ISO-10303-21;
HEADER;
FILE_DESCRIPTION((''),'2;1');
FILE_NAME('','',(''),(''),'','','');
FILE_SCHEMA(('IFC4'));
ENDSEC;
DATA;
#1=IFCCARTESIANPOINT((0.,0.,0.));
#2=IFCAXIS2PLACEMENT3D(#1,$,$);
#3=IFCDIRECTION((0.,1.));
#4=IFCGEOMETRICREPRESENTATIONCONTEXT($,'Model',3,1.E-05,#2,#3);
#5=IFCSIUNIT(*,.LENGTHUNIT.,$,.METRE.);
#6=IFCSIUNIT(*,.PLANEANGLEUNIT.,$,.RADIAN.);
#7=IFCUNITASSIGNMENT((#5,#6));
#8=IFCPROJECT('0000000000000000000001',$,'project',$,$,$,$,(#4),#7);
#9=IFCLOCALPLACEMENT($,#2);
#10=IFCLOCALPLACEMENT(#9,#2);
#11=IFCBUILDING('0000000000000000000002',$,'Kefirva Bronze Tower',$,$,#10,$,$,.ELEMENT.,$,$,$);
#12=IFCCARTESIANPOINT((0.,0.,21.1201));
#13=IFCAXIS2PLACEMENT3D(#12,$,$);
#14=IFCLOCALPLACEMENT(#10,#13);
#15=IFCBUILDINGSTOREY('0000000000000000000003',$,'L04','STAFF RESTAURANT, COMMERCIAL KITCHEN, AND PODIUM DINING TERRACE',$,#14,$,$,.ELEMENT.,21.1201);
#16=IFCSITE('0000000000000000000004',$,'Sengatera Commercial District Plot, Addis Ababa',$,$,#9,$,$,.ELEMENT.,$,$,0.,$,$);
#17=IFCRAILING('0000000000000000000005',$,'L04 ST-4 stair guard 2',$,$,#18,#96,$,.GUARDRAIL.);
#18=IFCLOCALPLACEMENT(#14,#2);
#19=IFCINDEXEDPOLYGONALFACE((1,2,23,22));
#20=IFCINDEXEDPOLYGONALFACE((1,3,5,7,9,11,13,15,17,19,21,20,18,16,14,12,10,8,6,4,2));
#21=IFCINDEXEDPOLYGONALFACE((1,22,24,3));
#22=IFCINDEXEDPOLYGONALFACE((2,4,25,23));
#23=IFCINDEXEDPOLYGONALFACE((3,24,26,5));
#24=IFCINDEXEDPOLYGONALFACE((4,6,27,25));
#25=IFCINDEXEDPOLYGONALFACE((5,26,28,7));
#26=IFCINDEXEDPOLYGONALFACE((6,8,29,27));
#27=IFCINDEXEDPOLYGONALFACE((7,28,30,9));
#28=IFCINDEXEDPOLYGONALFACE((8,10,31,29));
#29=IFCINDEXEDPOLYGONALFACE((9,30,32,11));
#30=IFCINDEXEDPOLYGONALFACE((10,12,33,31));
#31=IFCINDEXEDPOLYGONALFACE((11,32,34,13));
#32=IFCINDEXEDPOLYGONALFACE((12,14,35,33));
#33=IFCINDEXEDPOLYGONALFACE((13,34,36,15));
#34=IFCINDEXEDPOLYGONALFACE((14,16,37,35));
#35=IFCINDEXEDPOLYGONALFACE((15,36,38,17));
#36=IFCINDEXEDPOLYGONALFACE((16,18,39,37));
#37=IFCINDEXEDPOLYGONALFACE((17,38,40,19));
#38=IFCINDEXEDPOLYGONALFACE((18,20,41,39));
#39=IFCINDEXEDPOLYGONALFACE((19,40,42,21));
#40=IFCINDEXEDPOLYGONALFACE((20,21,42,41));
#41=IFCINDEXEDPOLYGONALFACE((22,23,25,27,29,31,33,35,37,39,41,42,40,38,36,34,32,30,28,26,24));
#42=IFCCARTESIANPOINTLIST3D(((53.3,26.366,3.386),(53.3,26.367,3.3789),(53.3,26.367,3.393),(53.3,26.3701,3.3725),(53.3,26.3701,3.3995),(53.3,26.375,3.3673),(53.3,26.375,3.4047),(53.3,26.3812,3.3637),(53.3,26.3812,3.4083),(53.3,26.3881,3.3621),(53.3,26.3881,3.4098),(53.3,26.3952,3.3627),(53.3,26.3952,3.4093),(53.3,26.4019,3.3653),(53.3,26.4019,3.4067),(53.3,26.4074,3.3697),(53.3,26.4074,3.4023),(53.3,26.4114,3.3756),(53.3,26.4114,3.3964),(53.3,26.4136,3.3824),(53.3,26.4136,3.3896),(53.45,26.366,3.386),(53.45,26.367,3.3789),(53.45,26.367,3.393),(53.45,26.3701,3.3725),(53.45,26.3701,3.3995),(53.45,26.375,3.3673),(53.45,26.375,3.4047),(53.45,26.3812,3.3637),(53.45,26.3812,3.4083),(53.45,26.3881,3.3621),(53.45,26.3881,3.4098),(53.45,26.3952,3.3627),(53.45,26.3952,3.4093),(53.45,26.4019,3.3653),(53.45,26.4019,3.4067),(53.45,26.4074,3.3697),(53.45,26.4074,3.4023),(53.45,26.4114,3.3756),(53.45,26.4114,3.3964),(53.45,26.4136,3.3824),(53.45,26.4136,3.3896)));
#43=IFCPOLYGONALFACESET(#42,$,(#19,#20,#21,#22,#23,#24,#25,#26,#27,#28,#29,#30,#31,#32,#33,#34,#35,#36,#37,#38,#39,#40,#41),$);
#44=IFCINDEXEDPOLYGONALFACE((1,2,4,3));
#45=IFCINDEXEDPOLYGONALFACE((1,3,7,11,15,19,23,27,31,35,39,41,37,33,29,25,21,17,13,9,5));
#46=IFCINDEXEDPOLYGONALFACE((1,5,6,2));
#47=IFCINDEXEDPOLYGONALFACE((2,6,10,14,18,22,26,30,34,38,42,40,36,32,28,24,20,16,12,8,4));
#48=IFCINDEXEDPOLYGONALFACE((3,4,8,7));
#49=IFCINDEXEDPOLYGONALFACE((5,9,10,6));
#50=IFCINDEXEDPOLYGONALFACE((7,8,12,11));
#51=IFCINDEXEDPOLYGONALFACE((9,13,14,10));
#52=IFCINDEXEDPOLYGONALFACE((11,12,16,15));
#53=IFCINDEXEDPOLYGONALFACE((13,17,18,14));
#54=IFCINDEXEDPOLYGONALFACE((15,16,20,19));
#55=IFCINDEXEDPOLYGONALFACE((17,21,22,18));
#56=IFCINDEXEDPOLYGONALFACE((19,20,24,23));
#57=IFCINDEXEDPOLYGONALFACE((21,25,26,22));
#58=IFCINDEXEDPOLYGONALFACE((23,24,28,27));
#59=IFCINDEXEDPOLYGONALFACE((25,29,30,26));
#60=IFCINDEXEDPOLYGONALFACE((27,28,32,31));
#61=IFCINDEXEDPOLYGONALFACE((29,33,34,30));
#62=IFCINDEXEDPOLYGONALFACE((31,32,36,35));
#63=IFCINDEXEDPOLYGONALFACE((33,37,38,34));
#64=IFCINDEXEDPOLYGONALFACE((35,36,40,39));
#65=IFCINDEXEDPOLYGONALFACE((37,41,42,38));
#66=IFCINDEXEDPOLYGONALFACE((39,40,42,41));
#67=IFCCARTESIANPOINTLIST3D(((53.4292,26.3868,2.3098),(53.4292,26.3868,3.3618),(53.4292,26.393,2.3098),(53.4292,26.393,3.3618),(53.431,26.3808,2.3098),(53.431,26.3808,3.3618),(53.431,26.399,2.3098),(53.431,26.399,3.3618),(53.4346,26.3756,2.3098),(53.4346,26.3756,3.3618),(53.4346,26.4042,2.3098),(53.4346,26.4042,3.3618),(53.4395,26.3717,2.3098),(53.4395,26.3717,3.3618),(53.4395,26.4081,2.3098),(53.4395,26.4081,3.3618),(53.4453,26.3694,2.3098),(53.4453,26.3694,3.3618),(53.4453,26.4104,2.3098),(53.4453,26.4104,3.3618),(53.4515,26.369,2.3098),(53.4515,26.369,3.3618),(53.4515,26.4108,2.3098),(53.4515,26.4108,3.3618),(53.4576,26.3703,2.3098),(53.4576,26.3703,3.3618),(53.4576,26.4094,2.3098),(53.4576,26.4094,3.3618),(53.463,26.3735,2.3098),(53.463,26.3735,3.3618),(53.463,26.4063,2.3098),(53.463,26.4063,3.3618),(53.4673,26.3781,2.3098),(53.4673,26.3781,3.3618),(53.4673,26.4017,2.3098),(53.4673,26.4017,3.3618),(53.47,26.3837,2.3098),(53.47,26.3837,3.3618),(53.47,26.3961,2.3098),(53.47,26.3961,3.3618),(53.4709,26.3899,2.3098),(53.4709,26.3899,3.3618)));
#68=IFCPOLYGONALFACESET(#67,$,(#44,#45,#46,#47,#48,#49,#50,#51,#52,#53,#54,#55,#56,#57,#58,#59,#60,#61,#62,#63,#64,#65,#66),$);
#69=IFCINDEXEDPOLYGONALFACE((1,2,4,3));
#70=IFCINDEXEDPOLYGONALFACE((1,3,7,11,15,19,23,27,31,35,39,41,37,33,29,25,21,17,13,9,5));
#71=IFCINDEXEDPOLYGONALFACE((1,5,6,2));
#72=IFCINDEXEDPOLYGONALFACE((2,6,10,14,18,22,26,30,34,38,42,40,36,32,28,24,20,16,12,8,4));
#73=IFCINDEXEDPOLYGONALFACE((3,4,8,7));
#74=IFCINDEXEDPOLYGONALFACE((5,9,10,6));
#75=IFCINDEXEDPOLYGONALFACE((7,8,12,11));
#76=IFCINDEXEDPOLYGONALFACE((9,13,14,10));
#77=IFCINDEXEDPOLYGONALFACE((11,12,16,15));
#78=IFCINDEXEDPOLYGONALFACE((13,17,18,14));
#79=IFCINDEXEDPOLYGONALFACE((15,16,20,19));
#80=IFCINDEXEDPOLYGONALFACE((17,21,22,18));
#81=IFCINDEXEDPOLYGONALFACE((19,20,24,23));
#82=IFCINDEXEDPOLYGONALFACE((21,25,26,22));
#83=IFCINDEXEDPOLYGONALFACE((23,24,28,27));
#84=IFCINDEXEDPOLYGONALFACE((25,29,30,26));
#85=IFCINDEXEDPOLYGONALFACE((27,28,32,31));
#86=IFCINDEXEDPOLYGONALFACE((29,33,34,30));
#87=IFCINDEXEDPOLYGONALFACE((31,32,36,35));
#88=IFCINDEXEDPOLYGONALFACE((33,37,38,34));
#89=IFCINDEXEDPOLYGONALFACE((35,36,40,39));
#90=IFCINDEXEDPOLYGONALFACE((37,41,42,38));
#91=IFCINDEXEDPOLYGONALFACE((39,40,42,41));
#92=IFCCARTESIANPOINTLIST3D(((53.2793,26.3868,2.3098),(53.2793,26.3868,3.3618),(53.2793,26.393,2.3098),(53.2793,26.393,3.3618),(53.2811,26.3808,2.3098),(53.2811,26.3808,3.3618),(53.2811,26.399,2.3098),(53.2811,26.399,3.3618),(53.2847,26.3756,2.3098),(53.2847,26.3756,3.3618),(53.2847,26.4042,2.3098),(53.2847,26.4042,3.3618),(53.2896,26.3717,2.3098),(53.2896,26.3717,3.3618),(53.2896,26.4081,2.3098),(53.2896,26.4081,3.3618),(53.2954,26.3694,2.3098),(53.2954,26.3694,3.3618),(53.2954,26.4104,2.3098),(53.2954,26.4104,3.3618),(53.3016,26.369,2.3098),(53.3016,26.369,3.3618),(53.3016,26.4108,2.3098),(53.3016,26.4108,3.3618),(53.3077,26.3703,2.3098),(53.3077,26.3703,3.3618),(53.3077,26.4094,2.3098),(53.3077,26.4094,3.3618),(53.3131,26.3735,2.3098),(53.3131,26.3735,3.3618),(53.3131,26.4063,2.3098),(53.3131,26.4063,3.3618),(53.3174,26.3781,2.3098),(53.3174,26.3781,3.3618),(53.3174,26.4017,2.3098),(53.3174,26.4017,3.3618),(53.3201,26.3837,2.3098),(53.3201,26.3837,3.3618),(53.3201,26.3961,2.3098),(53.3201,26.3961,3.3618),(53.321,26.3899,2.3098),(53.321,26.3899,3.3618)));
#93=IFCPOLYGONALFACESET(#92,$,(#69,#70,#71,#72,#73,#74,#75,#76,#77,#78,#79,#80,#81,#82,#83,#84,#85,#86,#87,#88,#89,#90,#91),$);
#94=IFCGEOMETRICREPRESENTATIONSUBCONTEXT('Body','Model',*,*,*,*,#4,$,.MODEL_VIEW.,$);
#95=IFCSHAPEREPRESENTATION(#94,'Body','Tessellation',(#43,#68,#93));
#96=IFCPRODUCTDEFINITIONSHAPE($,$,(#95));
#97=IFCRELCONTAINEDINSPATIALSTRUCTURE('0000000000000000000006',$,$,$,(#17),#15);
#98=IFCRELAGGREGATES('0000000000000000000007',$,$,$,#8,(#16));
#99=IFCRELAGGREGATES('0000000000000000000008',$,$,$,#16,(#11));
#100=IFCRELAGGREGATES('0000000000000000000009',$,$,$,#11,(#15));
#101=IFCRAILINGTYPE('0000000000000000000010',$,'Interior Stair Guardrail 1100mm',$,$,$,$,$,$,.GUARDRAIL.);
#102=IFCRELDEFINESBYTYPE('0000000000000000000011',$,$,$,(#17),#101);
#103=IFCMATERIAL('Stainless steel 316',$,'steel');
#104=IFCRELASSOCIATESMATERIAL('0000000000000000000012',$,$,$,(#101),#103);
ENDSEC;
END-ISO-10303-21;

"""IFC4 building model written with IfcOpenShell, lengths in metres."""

from ifc_helpers import new_model, si_unit, direction, frame, origin, origin_2d, place, context, subcontext, project, spatial, circle, extrude, material, type_object, element, save


model = new_model("IFC4")

# Units and contexts
model_context = context("Model", 3, precision=1e-05, world=origin(), true_north=direction((0.0, 1.0)))
body_context = subcontext(model_context, "Body", "Model", "MODEL_VIEW")
ifc_project = project(units=[si_unit("LENGTHUNIT", "METRE"), si_unit("PLANEANGLEUNIT", "RADIAN")], contexts=[model_context])

# Site, building, storey
site_placement = place(None, origin())
site = spatial("IfcSite", under=ifc_project, at=site_placement, Name="Sengatera Commercial District Plot, Addis Ababa", CompositionType="ELEMENT", RefElevation=0.0)
building_placement = place(site_placement, origin())
building = spatial("IfcBuilding", under=site, at=building_placement, Name="Kefirva Bronze Tower", CompositionType="ELEMENT")
storey_placement = place(building_placement, frame((0.0, 0.0, 21.1201)))
storey = spatial("IfcBuildingStorey", under=building, at=storey_placement, Name="L04", Description="STAFF RESTAURANT, COMMERCIAL KITCHEN, AND PODIUM DINING TERRACE", CompositionType="ELEMENT", Elevation=21.1201)

# Railing
ifc_material_1 = material(Name="Stainless steel 316", Category="steel")
railing_type_1 = type_object("IfcRailingType", Name="Interior Stair Guardrail 1100mm", PredefinedType="GUARDRAIL", material=ifc_material_1)
railing_1_placement = place(storey_placement, frame((53.45, 26.3899, 2.3098)))
element("IfcRailing", 1, at=railing_1_placement, inside=storey, type_object=railing_type_1, Name="L04 ST-4 stair guard 2", PredefinedType="GUARDRAIL", context=body_context, shape_type="SweptSolid", body=[
    extrude(circle(Radius=0.0239, at=origin_2d()), frame((0.0, 0.0, 1.0762), z_axis=(-1.0, 0.0, 0.0), x_axis=(0.0, -1.0, 0.0)), (0.0, 0.0, 1.0), 0.1499),
    extrude(circle(Radius=0.021, at=origin_2d()), origin(), (0.0, 0.0, 1.0), 1.052),
    extrude(circle(Radius=0.021, at=origin_2d()), frame((-0.1499, 0.0, 0.0)), (0.0, 0.0, 1.0), 1.052),
])

save(model, "model.ifc")
